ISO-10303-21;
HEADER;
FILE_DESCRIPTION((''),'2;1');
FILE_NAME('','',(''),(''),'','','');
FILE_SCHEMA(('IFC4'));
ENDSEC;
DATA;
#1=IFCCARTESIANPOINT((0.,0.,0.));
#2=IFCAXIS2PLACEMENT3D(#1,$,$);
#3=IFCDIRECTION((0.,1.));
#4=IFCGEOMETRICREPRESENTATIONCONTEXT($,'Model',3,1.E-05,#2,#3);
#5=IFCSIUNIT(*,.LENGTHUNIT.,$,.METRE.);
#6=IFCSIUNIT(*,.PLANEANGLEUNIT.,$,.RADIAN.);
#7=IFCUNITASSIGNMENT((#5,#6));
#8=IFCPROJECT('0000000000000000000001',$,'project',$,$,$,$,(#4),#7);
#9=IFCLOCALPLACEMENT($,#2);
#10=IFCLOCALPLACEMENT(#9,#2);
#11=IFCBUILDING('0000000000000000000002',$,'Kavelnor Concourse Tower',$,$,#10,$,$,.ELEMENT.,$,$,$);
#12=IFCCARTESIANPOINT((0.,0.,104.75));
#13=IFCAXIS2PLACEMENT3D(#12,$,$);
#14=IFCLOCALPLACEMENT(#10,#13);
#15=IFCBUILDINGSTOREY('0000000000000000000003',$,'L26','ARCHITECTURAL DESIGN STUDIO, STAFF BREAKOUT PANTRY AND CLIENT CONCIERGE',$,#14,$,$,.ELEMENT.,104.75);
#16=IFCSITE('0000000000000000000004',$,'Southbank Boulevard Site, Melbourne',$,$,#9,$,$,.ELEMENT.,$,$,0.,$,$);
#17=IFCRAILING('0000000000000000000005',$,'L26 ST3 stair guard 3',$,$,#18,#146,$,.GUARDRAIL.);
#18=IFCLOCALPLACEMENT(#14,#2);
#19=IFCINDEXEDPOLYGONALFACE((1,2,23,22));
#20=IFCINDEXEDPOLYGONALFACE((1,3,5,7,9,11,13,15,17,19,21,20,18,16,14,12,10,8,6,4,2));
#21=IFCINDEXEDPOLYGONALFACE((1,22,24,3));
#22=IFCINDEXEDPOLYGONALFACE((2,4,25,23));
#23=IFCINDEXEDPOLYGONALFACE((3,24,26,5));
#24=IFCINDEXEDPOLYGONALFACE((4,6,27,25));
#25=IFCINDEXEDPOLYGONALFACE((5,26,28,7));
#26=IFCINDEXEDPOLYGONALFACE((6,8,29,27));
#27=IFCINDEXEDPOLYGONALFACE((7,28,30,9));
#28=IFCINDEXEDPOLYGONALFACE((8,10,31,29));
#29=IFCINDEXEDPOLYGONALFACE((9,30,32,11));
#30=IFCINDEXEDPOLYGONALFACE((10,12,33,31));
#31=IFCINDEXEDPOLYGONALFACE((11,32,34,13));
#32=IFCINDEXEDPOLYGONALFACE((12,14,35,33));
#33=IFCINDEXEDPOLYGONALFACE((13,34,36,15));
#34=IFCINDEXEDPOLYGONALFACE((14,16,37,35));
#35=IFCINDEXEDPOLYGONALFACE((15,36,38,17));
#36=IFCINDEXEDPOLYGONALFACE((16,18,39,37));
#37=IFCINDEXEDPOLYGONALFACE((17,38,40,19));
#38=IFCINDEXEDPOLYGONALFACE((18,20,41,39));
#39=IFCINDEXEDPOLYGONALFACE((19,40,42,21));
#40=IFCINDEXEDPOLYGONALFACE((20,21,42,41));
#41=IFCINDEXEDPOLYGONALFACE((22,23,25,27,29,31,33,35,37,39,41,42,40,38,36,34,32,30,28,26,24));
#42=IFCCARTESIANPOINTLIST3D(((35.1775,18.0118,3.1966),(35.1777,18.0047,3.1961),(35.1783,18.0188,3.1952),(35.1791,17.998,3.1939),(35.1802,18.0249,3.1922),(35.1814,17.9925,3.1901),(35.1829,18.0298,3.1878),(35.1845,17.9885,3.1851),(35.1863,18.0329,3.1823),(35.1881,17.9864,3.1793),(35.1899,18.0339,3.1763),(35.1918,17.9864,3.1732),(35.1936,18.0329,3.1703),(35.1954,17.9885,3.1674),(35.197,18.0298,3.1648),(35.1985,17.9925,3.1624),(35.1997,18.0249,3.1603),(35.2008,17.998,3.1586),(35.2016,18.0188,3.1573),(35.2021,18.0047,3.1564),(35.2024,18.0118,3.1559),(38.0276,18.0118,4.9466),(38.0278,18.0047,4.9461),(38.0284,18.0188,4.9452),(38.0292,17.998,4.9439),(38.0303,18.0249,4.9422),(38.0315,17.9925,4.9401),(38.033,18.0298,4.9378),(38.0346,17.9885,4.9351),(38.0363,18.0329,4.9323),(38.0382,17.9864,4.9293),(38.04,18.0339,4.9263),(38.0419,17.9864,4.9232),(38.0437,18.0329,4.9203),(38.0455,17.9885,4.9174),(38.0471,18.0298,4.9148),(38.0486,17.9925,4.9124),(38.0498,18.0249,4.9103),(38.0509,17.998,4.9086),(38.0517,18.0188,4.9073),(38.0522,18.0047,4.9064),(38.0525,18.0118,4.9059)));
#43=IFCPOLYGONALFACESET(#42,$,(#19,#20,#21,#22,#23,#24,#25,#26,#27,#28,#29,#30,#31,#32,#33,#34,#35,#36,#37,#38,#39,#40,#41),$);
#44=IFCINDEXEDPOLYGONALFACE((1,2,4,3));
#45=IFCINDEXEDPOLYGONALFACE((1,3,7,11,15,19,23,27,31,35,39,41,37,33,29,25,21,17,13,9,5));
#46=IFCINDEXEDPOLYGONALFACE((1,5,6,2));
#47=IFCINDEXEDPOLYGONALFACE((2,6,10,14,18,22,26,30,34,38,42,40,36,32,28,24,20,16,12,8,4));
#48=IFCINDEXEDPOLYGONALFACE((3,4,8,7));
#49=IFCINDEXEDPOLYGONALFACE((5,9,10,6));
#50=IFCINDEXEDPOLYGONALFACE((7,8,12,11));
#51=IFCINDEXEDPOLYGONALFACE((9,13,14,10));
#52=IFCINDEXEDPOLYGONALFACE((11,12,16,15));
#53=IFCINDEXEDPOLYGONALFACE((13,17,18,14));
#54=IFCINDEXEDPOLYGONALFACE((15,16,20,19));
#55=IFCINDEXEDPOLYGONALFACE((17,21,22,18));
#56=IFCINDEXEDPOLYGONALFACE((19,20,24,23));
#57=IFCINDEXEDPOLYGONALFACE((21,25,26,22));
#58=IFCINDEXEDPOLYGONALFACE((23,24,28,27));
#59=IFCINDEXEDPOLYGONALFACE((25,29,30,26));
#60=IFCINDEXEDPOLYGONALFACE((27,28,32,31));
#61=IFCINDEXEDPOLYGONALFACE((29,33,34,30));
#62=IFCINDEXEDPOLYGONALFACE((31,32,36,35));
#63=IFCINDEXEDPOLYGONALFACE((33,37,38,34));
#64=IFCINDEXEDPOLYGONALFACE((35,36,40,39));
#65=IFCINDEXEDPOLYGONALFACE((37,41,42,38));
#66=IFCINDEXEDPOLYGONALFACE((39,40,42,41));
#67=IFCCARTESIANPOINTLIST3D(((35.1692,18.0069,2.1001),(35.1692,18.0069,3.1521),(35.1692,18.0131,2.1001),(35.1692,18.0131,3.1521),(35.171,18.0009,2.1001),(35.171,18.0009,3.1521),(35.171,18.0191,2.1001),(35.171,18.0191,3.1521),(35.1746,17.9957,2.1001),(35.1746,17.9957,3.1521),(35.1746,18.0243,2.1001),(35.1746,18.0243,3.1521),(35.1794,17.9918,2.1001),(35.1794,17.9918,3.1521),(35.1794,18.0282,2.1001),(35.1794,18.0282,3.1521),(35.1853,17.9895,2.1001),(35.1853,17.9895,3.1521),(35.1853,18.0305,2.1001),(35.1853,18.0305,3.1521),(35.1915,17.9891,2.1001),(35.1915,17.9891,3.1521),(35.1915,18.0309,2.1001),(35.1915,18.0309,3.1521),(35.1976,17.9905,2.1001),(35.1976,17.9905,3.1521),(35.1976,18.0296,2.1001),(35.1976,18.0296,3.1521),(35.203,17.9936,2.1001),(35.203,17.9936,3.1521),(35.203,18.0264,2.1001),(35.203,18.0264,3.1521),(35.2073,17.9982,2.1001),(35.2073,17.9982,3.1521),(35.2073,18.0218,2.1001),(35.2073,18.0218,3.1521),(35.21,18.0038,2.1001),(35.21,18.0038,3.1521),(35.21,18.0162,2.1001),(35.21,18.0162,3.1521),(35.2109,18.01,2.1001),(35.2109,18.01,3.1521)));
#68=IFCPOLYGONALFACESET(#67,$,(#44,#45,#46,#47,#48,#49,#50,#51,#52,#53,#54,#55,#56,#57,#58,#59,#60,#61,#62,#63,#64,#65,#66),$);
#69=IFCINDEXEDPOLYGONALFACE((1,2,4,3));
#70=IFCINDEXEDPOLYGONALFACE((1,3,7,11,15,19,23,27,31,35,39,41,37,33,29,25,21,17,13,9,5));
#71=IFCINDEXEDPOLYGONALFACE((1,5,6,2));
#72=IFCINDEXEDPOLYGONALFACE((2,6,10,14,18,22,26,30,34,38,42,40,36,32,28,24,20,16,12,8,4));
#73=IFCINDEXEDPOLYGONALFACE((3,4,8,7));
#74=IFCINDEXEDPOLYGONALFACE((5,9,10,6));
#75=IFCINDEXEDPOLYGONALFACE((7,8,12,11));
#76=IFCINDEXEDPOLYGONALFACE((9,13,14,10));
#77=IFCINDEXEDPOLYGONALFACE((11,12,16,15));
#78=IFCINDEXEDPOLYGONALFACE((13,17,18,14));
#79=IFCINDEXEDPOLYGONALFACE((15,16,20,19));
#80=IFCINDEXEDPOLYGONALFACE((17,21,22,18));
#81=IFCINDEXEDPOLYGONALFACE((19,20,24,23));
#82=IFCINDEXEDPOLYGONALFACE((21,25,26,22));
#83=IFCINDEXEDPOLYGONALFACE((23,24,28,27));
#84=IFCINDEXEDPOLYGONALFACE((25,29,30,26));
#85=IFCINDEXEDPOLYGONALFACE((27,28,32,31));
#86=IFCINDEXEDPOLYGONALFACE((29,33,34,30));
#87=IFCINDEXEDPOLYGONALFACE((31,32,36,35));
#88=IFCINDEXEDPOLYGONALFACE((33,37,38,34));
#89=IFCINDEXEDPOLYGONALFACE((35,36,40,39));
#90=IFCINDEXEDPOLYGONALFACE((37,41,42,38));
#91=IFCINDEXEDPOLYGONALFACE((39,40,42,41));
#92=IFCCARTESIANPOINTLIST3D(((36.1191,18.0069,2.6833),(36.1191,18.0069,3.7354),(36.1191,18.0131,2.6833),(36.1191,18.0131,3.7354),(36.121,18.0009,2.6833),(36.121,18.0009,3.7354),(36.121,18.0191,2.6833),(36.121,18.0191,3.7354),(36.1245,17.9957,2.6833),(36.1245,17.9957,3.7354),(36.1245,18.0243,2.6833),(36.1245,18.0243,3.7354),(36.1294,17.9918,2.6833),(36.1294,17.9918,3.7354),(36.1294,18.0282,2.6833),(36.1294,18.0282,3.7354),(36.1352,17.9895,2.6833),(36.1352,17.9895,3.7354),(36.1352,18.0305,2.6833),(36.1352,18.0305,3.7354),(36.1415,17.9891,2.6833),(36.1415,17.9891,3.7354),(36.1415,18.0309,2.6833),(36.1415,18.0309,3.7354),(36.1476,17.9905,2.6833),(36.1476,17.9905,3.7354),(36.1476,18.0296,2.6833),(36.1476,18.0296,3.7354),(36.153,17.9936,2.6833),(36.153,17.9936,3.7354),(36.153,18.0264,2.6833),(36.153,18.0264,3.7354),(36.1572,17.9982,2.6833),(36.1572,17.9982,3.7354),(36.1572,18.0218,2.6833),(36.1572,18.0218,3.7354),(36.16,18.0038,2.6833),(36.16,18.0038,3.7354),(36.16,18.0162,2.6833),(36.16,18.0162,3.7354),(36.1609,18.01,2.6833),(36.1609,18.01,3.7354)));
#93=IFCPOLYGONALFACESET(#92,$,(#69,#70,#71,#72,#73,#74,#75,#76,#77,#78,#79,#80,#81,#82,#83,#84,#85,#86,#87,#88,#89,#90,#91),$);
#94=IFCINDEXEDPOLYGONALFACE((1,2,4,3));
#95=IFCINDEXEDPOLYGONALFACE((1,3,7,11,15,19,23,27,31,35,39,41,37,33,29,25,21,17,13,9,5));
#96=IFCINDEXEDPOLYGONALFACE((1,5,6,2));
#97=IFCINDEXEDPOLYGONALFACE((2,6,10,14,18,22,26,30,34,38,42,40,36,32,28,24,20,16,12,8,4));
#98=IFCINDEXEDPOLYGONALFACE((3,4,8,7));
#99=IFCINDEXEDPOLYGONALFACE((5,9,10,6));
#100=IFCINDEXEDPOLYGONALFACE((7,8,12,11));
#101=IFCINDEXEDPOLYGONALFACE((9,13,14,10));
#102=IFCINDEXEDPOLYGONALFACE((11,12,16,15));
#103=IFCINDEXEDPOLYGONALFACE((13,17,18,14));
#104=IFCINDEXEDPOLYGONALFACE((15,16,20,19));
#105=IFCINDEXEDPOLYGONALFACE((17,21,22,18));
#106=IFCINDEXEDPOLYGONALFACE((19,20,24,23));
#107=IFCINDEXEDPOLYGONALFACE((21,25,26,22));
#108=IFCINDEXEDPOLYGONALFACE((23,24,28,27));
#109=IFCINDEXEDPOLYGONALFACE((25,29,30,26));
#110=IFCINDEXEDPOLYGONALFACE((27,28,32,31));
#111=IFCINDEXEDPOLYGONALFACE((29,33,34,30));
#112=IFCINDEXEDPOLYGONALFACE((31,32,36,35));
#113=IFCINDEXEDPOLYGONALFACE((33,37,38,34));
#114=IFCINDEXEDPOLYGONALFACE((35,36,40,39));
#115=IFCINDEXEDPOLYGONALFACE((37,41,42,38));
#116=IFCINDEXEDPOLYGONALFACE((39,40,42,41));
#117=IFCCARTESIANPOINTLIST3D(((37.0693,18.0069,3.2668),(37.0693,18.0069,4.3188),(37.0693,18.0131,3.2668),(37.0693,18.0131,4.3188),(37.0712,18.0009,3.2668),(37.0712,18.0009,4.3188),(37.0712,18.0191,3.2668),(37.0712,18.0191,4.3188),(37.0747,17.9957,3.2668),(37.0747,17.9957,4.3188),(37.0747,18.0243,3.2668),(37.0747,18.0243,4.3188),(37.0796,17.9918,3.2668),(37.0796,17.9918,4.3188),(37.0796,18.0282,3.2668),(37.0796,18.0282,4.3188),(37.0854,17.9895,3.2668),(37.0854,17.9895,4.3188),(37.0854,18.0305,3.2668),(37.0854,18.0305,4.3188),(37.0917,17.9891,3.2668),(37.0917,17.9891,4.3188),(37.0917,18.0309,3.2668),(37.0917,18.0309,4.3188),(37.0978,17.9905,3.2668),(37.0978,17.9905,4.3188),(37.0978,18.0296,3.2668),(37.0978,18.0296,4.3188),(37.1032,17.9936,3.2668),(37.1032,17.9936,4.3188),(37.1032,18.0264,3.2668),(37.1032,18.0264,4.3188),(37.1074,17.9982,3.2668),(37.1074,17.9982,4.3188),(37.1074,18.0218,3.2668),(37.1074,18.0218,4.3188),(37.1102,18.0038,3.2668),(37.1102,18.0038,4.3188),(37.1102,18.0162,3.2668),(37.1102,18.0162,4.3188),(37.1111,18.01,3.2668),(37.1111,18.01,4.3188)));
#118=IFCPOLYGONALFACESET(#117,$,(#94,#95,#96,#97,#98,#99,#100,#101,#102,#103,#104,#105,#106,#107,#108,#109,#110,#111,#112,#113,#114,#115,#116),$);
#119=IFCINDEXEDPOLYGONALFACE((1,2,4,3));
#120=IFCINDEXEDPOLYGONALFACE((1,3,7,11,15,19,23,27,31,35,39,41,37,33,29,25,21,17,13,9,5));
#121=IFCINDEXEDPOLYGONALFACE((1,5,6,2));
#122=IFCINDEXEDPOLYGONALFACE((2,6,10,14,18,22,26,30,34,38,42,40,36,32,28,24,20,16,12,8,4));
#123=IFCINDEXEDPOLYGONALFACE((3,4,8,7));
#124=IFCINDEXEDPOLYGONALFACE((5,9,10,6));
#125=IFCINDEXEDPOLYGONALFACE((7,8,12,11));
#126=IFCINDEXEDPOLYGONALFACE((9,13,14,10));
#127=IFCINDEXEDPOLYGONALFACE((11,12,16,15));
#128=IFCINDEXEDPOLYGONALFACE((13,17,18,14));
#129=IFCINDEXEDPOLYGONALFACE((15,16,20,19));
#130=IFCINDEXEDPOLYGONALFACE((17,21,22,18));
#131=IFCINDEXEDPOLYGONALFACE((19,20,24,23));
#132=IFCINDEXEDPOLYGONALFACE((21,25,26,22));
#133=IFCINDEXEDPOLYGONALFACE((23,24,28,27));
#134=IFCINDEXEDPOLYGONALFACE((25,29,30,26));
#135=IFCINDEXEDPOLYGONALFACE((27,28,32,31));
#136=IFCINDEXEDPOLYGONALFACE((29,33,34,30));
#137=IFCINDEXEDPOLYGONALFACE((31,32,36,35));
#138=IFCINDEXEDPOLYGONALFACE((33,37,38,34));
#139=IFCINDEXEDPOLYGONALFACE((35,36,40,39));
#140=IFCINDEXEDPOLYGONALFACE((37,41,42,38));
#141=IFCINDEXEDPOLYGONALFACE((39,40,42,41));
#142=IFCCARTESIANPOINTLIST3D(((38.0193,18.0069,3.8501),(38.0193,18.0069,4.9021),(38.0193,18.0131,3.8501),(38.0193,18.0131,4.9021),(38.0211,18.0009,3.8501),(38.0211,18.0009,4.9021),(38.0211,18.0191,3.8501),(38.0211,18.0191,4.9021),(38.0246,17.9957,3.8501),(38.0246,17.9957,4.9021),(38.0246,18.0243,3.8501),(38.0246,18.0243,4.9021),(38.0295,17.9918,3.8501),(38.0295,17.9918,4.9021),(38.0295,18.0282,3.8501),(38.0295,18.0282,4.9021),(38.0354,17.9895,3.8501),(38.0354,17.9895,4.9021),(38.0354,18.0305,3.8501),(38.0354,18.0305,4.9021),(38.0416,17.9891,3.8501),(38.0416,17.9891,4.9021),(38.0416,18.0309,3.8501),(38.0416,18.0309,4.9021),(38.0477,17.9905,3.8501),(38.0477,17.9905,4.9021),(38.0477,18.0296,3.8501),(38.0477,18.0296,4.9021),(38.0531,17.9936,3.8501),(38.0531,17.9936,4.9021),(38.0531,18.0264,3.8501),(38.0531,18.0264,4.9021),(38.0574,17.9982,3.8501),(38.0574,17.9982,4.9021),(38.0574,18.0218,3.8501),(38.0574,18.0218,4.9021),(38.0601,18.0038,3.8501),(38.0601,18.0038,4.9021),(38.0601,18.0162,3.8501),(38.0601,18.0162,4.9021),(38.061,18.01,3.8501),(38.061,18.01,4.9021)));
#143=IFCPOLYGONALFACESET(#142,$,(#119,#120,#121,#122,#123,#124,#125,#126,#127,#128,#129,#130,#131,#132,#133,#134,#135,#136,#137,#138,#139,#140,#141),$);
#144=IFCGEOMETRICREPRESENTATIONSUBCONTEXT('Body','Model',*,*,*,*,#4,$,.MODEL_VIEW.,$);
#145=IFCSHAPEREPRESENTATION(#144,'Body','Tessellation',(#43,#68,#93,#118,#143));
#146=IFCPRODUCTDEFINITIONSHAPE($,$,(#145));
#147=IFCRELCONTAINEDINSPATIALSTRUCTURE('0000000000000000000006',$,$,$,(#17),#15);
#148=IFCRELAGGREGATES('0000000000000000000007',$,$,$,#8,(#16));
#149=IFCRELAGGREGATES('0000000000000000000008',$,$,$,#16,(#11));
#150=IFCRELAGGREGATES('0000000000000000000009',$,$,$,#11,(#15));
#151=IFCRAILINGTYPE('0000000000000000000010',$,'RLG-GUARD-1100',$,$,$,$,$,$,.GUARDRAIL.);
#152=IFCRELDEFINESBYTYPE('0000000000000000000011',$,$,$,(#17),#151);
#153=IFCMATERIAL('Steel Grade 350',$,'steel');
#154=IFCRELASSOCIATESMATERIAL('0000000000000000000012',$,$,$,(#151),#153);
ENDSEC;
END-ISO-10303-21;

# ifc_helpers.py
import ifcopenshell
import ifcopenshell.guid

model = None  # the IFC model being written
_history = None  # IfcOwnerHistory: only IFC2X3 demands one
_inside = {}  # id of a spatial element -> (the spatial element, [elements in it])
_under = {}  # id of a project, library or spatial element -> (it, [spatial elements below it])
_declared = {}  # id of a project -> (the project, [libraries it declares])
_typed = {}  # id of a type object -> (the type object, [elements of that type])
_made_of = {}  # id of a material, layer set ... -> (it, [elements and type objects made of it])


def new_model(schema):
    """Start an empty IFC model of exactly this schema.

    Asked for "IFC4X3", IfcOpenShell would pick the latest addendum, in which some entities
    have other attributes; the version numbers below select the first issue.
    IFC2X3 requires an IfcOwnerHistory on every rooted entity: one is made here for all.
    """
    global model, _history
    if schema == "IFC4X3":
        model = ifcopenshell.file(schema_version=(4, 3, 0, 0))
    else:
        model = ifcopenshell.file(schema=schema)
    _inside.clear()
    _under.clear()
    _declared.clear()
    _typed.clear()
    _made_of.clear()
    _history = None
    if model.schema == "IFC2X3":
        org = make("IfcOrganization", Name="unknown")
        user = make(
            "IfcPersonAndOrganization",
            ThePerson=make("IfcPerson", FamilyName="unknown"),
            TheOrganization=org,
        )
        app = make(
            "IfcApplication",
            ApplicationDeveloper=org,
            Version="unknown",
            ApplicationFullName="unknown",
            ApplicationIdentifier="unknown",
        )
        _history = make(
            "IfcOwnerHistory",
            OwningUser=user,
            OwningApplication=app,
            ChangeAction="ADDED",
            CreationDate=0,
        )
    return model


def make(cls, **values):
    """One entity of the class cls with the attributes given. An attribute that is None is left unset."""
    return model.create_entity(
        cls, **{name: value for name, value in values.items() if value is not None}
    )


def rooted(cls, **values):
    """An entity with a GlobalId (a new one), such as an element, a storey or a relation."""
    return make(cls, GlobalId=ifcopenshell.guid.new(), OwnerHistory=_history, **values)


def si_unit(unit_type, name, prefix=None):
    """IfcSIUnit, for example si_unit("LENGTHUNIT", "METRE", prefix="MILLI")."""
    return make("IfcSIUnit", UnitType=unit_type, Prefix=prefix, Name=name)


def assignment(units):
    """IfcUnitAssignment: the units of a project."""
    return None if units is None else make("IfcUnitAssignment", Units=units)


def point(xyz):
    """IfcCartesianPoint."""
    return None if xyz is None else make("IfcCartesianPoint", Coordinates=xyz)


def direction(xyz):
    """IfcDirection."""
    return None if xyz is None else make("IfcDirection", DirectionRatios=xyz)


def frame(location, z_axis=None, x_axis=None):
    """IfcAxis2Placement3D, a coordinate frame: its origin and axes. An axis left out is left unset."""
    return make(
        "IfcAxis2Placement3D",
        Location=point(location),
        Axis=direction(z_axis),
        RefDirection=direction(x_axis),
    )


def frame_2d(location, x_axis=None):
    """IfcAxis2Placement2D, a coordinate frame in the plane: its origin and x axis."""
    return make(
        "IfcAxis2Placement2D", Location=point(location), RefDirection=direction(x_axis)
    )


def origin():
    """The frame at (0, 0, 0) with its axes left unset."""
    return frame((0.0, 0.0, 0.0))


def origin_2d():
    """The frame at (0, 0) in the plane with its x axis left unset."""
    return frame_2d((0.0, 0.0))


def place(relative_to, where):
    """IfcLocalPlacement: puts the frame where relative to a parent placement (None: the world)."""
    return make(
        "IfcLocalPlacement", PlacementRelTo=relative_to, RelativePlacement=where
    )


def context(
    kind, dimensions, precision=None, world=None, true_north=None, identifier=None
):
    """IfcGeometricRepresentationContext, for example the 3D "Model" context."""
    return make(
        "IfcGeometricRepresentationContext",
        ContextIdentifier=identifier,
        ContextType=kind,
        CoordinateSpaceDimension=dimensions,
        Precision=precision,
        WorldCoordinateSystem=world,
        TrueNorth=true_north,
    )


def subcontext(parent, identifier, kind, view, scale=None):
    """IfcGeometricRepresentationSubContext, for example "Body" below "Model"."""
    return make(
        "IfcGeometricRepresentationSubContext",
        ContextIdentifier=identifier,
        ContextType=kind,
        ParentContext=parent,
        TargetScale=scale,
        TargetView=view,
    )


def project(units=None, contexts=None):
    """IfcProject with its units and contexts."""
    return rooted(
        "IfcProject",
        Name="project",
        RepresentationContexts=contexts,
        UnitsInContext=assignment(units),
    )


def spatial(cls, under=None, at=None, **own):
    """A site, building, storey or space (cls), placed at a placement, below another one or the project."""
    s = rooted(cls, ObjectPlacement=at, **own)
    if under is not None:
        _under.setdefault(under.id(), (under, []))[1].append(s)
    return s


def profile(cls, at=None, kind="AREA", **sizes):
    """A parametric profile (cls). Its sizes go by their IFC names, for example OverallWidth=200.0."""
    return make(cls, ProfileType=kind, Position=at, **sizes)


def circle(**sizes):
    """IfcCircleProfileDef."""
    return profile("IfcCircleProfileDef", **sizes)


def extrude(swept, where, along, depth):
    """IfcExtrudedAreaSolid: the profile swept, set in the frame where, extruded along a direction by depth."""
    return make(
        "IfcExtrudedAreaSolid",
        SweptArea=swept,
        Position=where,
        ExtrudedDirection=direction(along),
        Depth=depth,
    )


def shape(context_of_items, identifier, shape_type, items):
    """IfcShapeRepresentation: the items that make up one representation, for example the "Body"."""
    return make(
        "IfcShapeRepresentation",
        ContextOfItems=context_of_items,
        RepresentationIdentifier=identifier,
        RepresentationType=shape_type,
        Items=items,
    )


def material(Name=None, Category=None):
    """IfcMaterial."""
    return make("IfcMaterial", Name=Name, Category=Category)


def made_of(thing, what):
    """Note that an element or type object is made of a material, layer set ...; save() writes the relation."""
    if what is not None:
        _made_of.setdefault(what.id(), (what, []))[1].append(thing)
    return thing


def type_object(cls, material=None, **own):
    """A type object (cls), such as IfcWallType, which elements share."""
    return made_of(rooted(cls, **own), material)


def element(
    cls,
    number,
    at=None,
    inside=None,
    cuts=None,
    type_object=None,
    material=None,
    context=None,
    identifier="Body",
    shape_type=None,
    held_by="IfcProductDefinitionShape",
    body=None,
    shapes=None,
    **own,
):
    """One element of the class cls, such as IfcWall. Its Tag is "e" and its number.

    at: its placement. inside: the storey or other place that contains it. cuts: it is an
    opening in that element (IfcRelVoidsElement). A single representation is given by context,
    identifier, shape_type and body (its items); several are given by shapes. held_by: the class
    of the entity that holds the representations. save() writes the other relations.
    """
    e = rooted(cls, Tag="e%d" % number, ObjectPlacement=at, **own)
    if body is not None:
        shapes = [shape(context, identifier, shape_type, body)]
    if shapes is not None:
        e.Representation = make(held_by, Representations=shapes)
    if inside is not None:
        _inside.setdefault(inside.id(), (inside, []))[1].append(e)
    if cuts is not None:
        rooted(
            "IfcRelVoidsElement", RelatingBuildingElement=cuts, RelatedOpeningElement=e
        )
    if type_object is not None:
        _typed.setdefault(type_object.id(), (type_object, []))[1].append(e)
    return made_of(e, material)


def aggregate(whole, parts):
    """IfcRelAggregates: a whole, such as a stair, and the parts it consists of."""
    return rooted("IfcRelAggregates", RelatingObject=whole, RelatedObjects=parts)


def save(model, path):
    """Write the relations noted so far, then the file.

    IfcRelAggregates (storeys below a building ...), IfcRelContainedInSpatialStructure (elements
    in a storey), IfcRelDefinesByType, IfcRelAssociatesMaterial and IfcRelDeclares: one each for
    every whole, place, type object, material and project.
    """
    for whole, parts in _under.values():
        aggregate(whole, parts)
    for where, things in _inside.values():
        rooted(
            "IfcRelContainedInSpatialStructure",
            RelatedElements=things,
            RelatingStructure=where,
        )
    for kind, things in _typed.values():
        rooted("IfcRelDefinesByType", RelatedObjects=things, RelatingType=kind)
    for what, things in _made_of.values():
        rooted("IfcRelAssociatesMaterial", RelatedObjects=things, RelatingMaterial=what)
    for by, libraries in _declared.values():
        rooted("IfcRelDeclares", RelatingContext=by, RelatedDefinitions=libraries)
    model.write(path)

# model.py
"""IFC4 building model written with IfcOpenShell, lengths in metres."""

from ifc_helpers import new_model, si_unit, direction, frame, origin, origin_2d, place, context, subcontext, project, spatial, circle, extrude, material, type_object, element, save


model = new_model("IFC4")

# Units and contexts
model_context = context("Model", 3, precision=1e-05, world=origin(), true_north=direction((0.0, 1.0)))
body_context = subcontext(model_context, "Body", "Model", "MODEL_VIEW")
ifc_project = project(units=[si_unit("LENGTHUNIT", "METRE"), si_unit("PLANEANGLEUNIT", "RADIAN")], contexts=[model_context])

# Site, building, storey
site_placement = place(None, origin())
site = spatial("IfcSite", under=ifc_project, at=site_placement, Name="Southbank Boulevard Site, Melbourne", CompositionType="ELEMENT", RefElevation=0.0)
building_placement = place(site_placement, origin())
building = spatial("IfcBuilding", under=site, at=building_placement, Name="Kavelnor Concourse Tower", CompositionType="ELEMENT")
storey_placement = place(building_placement, frame((0.0, 0.0, 104.75)))
storey = spatial("IfcBuildingStorey", under=building, at=storey_placement, Name="L26", Description="ARCHITECTURAL DESIGN STUDIO, STAFF BREAKOUT PANTRY AND CLIENT CONCIERGE", CompositionType="ELEMENT", Elevation=104.75)

# Shared definitions
ifc_material_1 = material(Name="Steel Grade 350", Category="steel")

# Railing
railing_type_1 = type_object("IfcRailingType", Name="RLG-GUARD-1100", PredefinedType="GUARDRAIL", material=ifc_material_1)
railing_1_placement = place(storey_placement, frame((35.1899, 18.01, 2.1001)))
element("IfcRailing", 1, at=railing_1_placement, inside=storey, type_object=railing_type_1, Name="L26 ST3 stair guard 3", PredefinedType="GUARDRAIL", context=body_context, shape_type="SweptSolid", body=[
    extrude(circle(Radius=0.0239, at=origin_2d()), frame((0.0, 0.0, 1.0762), z_axis=(0.852179, 0.0, 0.52325), x_axis=(0.0, 1.0, 0.0)), (0.0, 0.0, 1.0), 3.3445),
    extrude(circle(Radius=0.021, at=origin_2d()), origin(), (0.0, 0.0, 1.0), 1.052),
    extrude(circle(Radius=0.021, at=origin_2d()), frame((0.95, 0.0, 0.5833)), (0.0, 0.0, 1.0), 1.052),
    extrude(circle(Radius=0.021, at=origin_2d()), frame((1.9001, 0.0, 1.1667)), (0.0, 0.0, 1.0), 1.052),
    extrude(circle(Radius=0.021, at=origin_2d()), frame((2.8501, 0.0, 1.75)), (0.0, 0.0, 1.0), 1.052),
])

save(model, "model.ifc")
